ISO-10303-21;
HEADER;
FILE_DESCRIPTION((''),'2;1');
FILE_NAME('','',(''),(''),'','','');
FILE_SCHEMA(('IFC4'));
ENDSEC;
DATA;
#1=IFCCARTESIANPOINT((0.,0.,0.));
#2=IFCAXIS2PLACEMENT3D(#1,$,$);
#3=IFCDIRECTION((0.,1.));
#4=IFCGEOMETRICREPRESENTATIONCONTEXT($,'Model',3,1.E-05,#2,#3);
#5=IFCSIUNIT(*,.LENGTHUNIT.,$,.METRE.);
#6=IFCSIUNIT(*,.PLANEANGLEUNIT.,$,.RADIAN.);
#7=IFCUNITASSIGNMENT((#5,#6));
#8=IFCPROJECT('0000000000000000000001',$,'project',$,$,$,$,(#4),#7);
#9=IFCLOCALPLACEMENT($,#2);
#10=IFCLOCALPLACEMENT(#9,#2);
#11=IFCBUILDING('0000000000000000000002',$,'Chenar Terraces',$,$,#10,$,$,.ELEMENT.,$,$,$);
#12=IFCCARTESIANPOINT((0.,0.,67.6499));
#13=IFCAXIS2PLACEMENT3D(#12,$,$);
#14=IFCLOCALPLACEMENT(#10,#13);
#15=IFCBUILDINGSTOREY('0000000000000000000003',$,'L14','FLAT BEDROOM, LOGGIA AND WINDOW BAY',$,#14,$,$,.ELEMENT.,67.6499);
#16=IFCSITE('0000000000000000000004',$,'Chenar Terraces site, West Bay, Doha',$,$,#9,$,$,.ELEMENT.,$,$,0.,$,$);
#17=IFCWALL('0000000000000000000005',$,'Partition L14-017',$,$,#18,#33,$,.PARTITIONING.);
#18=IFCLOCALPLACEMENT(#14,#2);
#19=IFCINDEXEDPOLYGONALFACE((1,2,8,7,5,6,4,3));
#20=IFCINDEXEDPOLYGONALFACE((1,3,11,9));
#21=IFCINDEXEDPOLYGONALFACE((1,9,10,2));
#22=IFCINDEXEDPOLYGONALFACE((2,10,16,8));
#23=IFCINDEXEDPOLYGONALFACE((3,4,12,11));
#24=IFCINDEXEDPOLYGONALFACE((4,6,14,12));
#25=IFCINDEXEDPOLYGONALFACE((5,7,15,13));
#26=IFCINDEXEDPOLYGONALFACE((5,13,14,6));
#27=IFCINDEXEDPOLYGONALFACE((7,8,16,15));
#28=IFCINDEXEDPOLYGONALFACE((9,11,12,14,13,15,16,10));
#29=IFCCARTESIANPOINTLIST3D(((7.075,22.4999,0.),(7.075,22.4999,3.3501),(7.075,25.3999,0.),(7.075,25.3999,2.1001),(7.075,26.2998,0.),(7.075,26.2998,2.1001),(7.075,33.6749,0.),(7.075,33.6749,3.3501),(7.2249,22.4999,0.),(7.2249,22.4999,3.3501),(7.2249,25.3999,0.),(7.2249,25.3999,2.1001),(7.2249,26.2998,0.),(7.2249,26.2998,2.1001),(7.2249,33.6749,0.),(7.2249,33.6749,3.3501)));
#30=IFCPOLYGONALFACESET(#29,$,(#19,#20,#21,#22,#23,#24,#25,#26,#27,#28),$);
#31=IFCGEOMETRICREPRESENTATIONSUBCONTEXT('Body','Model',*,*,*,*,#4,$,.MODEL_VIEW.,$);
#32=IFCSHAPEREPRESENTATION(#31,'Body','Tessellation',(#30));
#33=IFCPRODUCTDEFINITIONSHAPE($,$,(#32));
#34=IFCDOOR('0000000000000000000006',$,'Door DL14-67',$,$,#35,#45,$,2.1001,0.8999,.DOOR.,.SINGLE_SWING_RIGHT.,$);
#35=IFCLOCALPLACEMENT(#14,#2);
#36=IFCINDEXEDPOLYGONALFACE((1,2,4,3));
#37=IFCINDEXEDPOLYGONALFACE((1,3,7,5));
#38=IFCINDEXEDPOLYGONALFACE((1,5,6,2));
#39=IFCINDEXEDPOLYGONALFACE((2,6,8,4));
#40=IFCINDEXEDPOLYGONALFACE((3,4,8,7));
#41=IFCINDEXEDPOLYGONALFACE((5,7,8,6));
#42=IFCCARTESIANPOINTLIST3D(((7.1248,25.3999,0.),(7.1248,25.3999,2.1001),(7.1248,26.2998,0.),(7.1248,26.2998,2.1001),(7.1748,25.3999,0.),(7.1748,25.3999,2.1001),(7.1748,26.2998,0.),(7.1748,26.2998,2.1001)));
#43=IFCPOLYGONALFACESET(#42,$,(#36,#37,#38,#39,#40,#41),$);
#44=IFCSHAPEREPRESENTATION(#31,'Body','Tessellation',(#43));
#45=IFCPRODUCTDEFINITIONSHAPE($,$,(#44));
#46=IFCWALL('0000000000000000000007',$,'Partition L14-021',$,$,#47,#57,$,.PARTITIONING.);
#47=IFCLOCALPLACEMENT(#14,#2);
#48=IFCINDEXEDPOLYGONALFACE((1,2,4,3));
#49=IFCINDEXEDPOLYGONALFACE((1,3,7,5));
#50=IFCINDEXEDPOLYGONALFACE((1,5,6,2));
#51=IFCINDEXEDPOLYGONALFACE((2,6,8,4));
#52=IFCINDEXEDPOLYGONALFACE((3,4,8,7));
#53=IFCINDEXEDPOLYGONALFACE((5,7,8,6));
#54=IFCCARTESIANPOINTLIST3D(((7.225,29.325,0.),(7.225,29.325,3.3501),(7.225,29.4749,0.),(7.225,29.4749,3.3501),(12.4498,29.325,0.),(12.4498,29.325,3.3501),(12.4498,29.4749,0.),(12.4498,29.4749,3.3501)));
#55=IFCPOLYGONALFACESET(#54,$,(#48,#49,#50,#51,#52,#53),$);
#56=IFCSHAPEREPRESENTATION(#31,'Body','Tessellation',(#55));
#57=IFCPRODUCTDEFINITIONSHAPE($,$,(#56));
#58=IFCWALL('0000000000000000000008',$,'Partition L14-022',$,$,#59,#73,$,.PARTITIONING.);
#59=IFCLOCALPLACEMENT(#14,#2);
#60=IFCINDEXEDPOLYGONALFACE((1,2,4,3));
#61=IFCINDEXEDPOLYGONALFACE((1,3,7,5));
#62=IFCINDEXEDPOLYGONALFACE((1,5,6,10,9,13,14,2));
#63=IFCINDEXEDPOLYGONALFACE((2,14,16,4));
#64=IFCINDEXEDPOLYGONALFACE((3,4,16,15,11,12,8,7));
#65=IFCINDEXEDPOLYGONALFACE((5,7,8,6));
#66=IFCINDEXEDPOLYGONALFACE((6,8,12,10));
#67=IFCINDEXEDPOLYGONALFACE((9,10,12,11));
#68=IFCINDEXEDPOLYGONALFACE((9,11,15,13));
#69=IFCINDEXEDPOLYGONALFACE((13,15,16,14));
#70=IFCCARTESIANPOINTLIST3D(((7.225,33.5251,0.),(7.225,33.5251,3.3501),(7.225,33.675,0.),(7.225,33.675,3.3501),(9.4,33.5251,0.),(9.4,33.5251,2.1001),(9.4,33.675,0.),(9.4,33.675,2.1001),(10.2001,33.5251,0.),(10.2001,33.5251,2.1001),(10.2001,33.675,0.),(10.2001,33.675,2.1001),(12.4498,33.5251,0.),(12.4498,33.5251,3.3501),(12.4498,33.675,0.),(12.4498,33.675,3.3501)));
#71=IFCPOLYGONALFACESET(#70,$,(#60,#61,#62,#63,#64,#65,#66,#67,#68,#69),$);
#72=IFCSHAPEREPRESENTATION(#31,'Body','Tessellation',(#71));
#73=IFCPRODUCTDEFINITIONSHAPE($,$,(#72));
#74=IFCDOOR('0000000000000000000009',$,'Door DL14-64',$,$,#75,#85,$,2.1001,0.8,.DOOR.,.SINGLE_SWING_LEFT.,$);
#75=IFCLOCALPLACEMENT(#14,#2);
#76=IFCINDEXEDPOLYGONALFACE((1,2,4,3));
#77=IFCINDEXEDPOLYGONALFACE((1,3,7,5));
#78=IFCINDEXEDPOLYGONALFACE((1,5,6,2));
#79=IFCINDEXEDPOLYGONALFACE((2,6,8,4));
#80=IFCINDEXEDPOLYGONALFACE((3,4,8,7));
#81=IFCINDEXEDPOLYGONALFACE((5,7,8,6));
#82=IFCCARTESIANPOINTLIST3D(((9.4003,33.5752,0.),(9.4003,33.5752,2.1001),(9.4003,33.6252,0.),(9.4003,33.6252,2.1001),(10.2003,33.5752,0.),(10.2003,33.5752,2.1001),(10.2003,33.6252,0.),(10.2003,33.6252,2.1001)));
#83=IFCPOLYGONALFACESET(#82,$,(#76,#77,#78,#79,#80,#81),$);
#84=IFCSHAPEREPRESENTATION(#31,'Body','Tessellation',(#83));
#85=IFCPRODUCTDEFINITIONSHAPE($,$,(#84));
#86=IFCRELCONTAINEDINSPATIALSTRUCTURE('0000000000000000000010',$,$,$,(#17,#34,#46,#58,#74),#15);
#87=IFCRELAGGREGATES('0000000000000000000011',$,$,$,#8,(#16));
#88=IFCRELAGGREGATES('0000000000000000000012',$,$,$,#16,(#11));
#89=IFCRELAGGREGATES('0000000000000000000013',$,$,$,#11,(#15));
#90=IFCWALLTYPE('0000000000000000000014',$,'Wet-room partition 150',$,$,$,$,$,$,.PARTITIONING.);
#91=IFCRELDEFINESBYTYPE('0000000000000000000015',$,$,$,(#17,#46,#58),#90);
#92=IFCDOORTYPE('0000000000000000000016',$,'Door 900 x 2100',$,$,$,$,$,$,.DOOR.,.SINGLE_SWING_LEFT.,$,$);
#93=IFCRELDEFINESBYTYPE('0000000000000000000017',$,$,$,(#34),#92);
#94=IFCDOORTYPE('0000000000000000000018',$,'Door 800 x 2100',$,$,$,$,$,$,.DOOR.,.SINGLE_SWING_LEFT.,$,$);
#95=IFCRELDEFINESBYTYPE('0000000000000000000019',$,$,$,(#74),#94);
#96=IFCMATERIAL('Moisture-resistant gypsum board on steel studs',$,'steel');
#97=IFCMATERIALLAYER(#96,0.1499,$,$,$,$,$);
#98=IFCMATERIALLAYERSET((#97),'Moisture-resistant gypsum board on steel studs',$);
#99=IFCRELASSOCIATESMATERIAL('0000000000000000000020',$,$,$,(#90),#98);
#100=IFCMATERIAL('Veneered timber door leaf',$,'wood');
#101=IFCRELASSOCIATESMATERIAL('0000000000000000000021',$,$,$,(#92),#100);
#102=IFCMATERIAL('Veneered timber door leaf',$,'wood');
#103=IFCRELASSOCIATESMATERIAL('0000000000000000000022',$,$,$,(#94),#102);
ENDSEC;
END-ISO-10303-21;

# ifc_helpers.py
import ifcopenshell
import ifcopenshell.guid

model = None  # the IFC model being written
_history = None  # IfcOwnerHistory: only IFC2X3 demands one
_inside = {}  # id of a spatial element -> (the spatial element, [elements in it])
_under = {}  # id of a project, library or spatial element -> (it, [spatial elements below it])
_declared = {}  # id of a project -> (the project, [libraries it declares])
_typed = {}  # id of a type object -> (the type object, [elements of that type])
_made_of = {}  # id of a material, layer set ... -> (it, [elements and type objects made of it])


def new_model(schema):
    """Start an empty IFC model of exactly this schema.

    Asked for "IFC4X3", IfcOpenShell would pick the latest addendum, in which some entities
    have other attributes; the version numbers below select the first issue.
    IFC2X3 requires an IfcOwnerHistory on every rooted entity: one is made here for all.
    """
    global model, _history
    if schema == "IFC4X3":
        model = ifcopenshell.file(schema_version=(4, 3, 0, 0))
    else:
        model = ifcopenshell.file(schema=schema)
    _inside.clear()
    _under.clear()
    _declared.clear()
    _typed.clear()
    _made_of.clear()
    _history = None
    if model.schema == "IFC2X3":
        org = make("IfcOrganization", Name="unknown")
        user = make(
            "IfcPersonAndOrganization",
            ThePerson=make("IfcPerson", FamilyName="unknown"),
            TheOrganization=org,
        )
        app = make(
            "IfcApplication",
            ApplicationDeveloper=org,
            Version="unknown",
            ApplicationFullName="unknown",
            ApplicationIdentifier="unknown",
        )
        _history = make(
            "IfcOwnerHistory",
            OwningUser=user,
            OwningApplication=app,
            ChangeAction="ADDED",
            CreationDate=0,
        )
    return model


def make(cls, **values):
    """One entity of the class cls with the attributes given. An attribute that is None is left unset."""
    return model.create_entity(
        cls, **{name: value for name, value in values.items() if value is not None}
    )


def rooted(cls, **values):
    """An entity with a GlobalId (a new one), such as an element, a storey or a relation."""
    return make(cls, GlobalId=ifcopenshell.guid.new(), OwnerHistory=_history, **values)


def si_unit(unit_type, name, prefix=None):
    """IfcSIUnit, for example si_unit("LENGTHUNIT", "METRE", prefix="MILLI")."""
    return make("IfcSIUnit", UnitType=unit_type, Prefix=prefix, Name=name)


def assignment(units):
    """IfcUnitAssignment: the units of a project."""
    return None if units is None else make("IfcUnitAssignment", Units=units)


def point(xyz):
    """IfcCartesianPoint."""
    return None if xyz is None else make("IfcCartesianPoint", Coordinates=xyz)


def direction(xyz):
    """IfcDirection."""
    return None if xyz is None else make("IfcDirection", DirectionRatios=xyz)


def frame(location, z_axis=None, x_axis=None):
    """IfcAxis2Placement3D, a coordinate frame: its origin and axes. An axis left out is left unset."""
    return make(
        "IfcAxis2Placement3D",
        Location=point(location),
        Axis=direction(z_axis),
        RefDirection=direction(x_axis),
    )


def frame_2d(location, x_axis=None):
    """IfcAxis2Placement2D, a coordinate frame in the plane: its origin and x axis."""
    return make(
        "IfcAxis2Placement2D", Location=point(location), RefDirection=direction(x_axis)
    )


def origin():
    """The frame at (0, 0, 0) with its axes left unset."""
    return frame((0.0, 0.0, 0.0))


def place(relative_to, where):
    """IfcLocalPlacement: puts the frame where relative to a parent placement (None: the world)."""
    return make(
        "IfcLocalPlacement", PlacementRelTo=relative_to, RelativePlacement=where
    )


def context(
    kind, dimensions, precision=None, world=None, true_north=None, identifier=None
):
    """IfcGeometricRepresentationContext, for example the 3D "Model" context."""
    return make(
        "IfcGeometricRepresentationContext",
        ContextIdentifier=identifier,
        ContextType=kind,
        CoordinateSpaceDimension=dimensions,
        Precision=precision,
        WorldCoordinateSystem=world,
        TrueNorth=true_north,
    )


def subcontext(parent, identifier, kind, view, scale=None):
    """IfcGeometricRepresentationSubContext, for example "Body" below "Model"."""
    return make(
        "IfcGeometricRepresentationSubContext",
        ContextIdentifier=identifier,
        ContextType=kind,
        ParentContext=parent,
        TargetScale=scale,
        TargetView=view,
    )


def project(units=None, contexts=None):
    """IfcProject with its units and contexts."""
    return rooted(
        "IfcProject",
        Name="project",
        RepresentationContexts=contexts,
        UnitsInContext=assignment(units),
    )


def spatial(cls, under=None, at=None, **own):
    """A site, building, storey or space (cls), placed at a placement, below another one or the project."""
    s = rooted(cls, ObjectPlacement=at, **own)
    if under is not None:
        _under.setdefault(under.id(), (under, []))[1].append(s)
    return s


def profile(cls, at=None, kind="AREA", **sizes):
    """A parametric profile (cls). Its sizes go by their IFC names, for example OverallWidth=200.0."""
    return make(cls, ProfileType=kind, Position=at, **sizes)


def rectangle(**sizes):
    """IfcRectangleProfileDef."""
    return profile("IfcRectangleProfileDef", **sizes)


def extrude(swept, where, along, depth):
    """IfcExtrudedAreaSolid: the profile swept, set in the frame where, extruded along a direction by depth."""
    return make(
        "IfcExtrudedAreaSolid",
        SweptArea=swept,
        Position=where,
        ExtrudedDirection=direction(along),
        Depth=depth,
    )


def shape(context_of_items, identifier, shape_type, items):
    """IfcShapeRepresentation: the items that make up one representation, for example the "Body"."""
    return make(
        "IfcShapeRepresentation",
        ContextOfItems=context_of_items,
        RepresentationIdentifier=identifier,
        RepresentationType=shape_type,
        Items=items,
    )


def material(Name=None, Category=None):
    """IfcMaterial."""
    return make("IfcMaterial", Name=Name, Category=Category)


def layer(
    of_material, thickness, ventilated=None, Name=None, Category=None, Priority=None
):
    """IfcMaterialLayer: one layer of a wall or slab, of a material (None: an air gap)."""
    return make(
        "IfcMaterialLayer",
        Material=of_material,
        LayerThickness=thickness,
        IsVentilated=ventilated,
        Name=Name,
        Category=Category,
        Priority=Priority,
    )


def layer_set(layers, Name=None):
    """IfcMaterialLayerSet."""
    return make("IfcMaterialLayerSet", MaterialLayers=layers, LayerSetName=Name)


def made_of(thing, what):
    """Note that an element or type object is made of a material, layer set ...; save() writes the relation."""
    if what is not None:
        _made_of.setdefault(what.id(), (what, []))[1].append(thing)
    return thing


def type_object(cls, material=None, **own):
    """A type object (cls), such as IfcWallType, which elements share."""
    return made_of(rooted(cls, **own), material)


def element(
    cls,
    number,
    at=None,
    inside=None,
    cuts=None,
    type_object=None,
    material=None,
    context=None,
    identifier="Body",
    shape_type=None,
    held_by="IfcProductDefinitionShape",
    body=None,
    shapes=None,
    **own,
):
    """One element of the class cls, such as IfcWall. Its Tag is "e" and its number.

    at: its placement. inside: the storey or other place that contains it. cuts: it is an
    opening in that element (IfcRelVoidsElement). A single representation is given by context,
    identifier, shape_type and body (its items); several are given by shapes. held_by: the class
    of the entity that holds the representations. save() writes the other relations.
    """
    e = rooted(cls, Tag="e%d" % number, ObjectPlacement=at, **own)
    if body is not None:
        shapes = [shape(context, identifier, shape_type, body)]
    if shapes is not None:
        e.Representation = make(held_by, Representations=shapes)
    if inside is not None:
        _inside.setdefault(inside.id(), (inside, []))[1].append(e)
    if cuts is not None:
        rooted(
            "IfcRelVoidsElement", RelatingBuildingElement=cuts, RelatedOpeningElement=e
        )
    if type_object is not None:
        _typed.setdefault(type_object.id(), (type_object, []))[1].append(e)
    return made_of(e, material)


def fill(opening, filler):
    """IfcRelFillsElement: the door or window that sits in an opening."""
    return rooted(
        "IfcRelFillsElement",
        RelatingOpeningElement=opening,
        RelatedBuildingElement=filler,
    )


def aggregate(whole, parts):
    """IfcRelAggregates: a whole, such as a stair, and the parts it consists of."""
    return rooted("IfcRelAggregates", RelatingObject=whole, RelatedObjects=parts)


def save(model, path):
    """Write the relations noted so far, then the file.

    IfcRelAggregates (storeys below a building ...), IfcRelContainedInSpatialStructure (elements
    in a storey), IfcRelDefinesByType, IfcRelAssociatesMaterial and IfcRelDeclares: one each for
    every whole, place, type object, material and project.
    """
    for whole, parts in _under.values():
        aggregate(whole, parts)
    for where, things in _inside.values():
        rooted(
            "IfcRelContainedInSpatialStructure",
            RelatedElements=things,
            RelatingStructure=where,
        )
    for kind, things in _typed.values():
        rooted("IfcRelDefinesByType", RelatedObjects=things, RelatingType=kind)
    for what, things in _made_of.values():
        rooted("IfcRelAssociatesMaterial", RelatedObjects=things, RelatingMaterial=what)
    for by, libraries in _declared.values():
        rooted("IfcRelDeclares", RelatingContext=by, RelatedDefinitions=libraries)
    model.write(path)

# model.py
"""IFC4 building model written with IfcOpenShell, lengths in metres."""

from ifc_helpers import new_model, si_unit, direction, frame, frame_2d, origin, place, context, subcontext, project, spatial, rectangle, extrude, material, layer, layer_set, type_object, element, fill, save


model = new_model("IFC4")

# Units and contexts
model_context = context("Model", 3, precision=1e-05, world=origin(), true_north=direction((0.0, 1.0)))
body_context = subcontext(model_context, "Body", "Model", "MODEL_VIEW")
ifc_project = project(units=[si_unit("LENGTHUNIT", "METRE"), si_unit("PLANEANGLEUNIT", "RADIAN")], contexts=[model_context])

# Site, building, storey
site_placement = place(None, origin())
site = spatial("IfcSite", under=ifc_project, at=site_placement, Name="Chenar Terraces site, West Bay, Doha", CompositionType="ELEMENT", RefElevation=0.0)
building_placement = place(site_placement, origin())
building = spatial("IfcBuilding", under=site, at=building_placement, Name="Chenar Terraces", CompositionType="ELEMENT")
storey_placement = place(building_placement, frame((0.0, 0.0, 67.6499)))
storey = spatial("IfcBuildingStorey", under=building, at=storey_placement, Name="L14", Description="FLAT BEDROOM, LOGGIA AND WINDOW BAY", CompositionType="ELEMENT", Elevation=67.6499)

# Wall, opening, door
ifc_material_1 = material(Name="Moisture-resistant gypsum board on steel studs", Category="steel")
ifc_layer_1 = layer(ifc_material_1, 0.1499)
ifc_layer_set_1 = layer_set([ifc_layer_1], Name="Moisture-resistant gypsum board on steel studs")
wall_type_1 = type_object("IfcWallType", Name="Wet-room partition 150", PredefinedType="PARTITIONING", material=ifc_layer_set_1)
wall_1_placement = place(storey_placement, frame((7.1499, 22.5, 0.0), z_axis=(0.0, 0.0, 1.0), x_axis=(0.0, 1.0, 0.0)))
wall_1 = element("IfcWall", 1, at=wall_1_placement, inside=storey, type_object=wall_type_1, Name="Partition L14-017", PredefinedType="PARTITIONING", context=body_context, shape_type="SweptSolid", body=[
    extrude(rectangle(XDim=11.175, YDim=0.1499, at=frame_2d((5.5874, 0.0))), origin(), (0.0, 0.0, 1.0), 3.3501),
])
opening_1_placement = place(wall_1_placement, frame((2.8999, 0.0, 0.0)))
opening_1 = element("IfcOpeningElement", 2, at=opening_1_placement, cuts=wall_1, PredefinedType="OPENING", context=body_context, shape_type="SweptSolid", body=[
    extrude(rectangle(XDim=0.8999, YDim=2.1001, at=frame_2d((0.45, 1.05))), frame((0.0, 0.085, 0.0), z_axis=(0.0, -1.0, 0.0), x_axis=(1.0, 0.0, 0.0)), (0.0, 0.0, 1.0), 0.1699),
])
ifc_material_2 = material(Name="Veneered timber door leaf", Category="wood")
door_type_1 = type_object("IfcDoorType", Name="Door 900 x 2100", OperationType="SINGLE_SWING_LEFT", PredefinedType="DOOR", material=ifc_material_2)
door_1_placement = place(opening_1_placement, frame((0.8999, 0.0, 0.0), z_axis=(0.0, 0.0, 1.0), x_axis=(-1.0, 0.0, 0.0)))
door_1 = element("IfcDoor", 3, at=door_1_placement, inside=storey, type_object=door_type_1, Name="Door DL14-67", OperationType="SINGLE_SWING_RIGHT", OverallHeight=2.1001, OverallWidth=0.8999, PredefinedType="DOOR", context=body_context, shape_type="SweptSolid", body=[
    extrude(rectangle(XDim=0.8999, YDim=2.1001, at=frame_2d((0.45, 1.05))), frame((0.0, 0.0249, 0.0), z_axis=(0.0, -1.0, 0.0), x_axis=(1.0, 0.0, 0.0)), (0.0, 0.0, 1.0), 0.05),
])
fill(opening_1, door_1)

# Wall
wall_2_placement = place(storey_placement, frame((7.2251, 29.3999, 0.0), z_axis=(0.0, 0.0, 1.0), x_axis=(1.0, 0.0, 0.0)))
element("IfcWall", 4, at=wall_2_placement, inside=storey, type_object=wall_type_1, Name="Partition L14-021", PredefinedType="PARTITIONING", context=body_context, shape_type="SweptSolid", body=[
    extrude(rectangle(XDim=5.2249, YDim=0.1499, at=frame_2d((2.6123, 0.0))), origin(), (0.0, 0.0, 1.0), 3.3501),
])

# Wall, opening, door
wall_3_placement = place(storey_placement, frame((7.2251, 33.6001, 0.0), z_axis=(0.0, 0.0, 1.0), x_axis=(1.0, 0.0, 0.0)))
wall_3 = element("IfcWall", 5, at=wall_3_placement, inside=storey, type_object=wall_type_1, Name="Partition L14-022", PredefinedType="PARTITIONING", context=body_context, shape_type="SweptSolid", body=[
    extrude(rectangle(XDim=5.2249, YDim=0.1499, at=frame_2d((2.6123, 0.0))), origin(), (0.0, 0.0, 1.0), 3.3501),
])
opening_2_placement = place(wall_3_placement, frame((2.175, 0.0, 0.0)))
opening_2 = element("IfcOpeningElement", 6, at=opening_2_placement, cuts=wall_3, PredefinedType="OPENING", context=body_context, shape_type="SweptSolid", body=[
    extrude(rectangle(XDim=0.8, YDim=2.1001, at=frame_2d((0.3999, 1.05))), frame((0.0, 0.085, 0.0), z_axis=(0.0, -1.0, 0.0), x_axis=(1.0, 0.0, 0.0)), (0.0, 0.0, 1.0), 0.1699),
])
ifc_material_3 = material(Name="Veneered timber door leaf", Category="wood")
door_type_2 = type_object("IfcDoorType", Name="Door 800 x 2100", OperationType="SINGLE_SWING_LEFT", PredefinedType="DOOR", material=ifc_material_3)
door_2_placement = place(opening_2_placement, frame((0.8, 0.0, 0.0), z_axis=(0.0, 0.0, 1.0), x_axis=(-1.0, 0.0, 0.0)))
door_2 = element("IfcDoor", 7, at=door_2_placement, inside=storey, type_object=door_type_2, Name="Door DL14-64", OperationType="SINGLE_SWING_LEFT", OverallHeight=2.1001, OverallWidth=0.8, PredefinedType="DOOR", context=body_context, shape_type="SweptSolid", body=[
    extrude(rectangle(XDim=0.8, YDim=2.1001, at=frame_2d((0.3999, 1.05))), frame((0.0, 0.0249, 0.0), z_axis=(0.0, -1.0, 0.0), x_axis=(1.0, 0.0, 0.0)), (0.0, 0.0, 1.0), 0.05),
])
fill(opening_2, door_2)

save(model, "model.ifc")
